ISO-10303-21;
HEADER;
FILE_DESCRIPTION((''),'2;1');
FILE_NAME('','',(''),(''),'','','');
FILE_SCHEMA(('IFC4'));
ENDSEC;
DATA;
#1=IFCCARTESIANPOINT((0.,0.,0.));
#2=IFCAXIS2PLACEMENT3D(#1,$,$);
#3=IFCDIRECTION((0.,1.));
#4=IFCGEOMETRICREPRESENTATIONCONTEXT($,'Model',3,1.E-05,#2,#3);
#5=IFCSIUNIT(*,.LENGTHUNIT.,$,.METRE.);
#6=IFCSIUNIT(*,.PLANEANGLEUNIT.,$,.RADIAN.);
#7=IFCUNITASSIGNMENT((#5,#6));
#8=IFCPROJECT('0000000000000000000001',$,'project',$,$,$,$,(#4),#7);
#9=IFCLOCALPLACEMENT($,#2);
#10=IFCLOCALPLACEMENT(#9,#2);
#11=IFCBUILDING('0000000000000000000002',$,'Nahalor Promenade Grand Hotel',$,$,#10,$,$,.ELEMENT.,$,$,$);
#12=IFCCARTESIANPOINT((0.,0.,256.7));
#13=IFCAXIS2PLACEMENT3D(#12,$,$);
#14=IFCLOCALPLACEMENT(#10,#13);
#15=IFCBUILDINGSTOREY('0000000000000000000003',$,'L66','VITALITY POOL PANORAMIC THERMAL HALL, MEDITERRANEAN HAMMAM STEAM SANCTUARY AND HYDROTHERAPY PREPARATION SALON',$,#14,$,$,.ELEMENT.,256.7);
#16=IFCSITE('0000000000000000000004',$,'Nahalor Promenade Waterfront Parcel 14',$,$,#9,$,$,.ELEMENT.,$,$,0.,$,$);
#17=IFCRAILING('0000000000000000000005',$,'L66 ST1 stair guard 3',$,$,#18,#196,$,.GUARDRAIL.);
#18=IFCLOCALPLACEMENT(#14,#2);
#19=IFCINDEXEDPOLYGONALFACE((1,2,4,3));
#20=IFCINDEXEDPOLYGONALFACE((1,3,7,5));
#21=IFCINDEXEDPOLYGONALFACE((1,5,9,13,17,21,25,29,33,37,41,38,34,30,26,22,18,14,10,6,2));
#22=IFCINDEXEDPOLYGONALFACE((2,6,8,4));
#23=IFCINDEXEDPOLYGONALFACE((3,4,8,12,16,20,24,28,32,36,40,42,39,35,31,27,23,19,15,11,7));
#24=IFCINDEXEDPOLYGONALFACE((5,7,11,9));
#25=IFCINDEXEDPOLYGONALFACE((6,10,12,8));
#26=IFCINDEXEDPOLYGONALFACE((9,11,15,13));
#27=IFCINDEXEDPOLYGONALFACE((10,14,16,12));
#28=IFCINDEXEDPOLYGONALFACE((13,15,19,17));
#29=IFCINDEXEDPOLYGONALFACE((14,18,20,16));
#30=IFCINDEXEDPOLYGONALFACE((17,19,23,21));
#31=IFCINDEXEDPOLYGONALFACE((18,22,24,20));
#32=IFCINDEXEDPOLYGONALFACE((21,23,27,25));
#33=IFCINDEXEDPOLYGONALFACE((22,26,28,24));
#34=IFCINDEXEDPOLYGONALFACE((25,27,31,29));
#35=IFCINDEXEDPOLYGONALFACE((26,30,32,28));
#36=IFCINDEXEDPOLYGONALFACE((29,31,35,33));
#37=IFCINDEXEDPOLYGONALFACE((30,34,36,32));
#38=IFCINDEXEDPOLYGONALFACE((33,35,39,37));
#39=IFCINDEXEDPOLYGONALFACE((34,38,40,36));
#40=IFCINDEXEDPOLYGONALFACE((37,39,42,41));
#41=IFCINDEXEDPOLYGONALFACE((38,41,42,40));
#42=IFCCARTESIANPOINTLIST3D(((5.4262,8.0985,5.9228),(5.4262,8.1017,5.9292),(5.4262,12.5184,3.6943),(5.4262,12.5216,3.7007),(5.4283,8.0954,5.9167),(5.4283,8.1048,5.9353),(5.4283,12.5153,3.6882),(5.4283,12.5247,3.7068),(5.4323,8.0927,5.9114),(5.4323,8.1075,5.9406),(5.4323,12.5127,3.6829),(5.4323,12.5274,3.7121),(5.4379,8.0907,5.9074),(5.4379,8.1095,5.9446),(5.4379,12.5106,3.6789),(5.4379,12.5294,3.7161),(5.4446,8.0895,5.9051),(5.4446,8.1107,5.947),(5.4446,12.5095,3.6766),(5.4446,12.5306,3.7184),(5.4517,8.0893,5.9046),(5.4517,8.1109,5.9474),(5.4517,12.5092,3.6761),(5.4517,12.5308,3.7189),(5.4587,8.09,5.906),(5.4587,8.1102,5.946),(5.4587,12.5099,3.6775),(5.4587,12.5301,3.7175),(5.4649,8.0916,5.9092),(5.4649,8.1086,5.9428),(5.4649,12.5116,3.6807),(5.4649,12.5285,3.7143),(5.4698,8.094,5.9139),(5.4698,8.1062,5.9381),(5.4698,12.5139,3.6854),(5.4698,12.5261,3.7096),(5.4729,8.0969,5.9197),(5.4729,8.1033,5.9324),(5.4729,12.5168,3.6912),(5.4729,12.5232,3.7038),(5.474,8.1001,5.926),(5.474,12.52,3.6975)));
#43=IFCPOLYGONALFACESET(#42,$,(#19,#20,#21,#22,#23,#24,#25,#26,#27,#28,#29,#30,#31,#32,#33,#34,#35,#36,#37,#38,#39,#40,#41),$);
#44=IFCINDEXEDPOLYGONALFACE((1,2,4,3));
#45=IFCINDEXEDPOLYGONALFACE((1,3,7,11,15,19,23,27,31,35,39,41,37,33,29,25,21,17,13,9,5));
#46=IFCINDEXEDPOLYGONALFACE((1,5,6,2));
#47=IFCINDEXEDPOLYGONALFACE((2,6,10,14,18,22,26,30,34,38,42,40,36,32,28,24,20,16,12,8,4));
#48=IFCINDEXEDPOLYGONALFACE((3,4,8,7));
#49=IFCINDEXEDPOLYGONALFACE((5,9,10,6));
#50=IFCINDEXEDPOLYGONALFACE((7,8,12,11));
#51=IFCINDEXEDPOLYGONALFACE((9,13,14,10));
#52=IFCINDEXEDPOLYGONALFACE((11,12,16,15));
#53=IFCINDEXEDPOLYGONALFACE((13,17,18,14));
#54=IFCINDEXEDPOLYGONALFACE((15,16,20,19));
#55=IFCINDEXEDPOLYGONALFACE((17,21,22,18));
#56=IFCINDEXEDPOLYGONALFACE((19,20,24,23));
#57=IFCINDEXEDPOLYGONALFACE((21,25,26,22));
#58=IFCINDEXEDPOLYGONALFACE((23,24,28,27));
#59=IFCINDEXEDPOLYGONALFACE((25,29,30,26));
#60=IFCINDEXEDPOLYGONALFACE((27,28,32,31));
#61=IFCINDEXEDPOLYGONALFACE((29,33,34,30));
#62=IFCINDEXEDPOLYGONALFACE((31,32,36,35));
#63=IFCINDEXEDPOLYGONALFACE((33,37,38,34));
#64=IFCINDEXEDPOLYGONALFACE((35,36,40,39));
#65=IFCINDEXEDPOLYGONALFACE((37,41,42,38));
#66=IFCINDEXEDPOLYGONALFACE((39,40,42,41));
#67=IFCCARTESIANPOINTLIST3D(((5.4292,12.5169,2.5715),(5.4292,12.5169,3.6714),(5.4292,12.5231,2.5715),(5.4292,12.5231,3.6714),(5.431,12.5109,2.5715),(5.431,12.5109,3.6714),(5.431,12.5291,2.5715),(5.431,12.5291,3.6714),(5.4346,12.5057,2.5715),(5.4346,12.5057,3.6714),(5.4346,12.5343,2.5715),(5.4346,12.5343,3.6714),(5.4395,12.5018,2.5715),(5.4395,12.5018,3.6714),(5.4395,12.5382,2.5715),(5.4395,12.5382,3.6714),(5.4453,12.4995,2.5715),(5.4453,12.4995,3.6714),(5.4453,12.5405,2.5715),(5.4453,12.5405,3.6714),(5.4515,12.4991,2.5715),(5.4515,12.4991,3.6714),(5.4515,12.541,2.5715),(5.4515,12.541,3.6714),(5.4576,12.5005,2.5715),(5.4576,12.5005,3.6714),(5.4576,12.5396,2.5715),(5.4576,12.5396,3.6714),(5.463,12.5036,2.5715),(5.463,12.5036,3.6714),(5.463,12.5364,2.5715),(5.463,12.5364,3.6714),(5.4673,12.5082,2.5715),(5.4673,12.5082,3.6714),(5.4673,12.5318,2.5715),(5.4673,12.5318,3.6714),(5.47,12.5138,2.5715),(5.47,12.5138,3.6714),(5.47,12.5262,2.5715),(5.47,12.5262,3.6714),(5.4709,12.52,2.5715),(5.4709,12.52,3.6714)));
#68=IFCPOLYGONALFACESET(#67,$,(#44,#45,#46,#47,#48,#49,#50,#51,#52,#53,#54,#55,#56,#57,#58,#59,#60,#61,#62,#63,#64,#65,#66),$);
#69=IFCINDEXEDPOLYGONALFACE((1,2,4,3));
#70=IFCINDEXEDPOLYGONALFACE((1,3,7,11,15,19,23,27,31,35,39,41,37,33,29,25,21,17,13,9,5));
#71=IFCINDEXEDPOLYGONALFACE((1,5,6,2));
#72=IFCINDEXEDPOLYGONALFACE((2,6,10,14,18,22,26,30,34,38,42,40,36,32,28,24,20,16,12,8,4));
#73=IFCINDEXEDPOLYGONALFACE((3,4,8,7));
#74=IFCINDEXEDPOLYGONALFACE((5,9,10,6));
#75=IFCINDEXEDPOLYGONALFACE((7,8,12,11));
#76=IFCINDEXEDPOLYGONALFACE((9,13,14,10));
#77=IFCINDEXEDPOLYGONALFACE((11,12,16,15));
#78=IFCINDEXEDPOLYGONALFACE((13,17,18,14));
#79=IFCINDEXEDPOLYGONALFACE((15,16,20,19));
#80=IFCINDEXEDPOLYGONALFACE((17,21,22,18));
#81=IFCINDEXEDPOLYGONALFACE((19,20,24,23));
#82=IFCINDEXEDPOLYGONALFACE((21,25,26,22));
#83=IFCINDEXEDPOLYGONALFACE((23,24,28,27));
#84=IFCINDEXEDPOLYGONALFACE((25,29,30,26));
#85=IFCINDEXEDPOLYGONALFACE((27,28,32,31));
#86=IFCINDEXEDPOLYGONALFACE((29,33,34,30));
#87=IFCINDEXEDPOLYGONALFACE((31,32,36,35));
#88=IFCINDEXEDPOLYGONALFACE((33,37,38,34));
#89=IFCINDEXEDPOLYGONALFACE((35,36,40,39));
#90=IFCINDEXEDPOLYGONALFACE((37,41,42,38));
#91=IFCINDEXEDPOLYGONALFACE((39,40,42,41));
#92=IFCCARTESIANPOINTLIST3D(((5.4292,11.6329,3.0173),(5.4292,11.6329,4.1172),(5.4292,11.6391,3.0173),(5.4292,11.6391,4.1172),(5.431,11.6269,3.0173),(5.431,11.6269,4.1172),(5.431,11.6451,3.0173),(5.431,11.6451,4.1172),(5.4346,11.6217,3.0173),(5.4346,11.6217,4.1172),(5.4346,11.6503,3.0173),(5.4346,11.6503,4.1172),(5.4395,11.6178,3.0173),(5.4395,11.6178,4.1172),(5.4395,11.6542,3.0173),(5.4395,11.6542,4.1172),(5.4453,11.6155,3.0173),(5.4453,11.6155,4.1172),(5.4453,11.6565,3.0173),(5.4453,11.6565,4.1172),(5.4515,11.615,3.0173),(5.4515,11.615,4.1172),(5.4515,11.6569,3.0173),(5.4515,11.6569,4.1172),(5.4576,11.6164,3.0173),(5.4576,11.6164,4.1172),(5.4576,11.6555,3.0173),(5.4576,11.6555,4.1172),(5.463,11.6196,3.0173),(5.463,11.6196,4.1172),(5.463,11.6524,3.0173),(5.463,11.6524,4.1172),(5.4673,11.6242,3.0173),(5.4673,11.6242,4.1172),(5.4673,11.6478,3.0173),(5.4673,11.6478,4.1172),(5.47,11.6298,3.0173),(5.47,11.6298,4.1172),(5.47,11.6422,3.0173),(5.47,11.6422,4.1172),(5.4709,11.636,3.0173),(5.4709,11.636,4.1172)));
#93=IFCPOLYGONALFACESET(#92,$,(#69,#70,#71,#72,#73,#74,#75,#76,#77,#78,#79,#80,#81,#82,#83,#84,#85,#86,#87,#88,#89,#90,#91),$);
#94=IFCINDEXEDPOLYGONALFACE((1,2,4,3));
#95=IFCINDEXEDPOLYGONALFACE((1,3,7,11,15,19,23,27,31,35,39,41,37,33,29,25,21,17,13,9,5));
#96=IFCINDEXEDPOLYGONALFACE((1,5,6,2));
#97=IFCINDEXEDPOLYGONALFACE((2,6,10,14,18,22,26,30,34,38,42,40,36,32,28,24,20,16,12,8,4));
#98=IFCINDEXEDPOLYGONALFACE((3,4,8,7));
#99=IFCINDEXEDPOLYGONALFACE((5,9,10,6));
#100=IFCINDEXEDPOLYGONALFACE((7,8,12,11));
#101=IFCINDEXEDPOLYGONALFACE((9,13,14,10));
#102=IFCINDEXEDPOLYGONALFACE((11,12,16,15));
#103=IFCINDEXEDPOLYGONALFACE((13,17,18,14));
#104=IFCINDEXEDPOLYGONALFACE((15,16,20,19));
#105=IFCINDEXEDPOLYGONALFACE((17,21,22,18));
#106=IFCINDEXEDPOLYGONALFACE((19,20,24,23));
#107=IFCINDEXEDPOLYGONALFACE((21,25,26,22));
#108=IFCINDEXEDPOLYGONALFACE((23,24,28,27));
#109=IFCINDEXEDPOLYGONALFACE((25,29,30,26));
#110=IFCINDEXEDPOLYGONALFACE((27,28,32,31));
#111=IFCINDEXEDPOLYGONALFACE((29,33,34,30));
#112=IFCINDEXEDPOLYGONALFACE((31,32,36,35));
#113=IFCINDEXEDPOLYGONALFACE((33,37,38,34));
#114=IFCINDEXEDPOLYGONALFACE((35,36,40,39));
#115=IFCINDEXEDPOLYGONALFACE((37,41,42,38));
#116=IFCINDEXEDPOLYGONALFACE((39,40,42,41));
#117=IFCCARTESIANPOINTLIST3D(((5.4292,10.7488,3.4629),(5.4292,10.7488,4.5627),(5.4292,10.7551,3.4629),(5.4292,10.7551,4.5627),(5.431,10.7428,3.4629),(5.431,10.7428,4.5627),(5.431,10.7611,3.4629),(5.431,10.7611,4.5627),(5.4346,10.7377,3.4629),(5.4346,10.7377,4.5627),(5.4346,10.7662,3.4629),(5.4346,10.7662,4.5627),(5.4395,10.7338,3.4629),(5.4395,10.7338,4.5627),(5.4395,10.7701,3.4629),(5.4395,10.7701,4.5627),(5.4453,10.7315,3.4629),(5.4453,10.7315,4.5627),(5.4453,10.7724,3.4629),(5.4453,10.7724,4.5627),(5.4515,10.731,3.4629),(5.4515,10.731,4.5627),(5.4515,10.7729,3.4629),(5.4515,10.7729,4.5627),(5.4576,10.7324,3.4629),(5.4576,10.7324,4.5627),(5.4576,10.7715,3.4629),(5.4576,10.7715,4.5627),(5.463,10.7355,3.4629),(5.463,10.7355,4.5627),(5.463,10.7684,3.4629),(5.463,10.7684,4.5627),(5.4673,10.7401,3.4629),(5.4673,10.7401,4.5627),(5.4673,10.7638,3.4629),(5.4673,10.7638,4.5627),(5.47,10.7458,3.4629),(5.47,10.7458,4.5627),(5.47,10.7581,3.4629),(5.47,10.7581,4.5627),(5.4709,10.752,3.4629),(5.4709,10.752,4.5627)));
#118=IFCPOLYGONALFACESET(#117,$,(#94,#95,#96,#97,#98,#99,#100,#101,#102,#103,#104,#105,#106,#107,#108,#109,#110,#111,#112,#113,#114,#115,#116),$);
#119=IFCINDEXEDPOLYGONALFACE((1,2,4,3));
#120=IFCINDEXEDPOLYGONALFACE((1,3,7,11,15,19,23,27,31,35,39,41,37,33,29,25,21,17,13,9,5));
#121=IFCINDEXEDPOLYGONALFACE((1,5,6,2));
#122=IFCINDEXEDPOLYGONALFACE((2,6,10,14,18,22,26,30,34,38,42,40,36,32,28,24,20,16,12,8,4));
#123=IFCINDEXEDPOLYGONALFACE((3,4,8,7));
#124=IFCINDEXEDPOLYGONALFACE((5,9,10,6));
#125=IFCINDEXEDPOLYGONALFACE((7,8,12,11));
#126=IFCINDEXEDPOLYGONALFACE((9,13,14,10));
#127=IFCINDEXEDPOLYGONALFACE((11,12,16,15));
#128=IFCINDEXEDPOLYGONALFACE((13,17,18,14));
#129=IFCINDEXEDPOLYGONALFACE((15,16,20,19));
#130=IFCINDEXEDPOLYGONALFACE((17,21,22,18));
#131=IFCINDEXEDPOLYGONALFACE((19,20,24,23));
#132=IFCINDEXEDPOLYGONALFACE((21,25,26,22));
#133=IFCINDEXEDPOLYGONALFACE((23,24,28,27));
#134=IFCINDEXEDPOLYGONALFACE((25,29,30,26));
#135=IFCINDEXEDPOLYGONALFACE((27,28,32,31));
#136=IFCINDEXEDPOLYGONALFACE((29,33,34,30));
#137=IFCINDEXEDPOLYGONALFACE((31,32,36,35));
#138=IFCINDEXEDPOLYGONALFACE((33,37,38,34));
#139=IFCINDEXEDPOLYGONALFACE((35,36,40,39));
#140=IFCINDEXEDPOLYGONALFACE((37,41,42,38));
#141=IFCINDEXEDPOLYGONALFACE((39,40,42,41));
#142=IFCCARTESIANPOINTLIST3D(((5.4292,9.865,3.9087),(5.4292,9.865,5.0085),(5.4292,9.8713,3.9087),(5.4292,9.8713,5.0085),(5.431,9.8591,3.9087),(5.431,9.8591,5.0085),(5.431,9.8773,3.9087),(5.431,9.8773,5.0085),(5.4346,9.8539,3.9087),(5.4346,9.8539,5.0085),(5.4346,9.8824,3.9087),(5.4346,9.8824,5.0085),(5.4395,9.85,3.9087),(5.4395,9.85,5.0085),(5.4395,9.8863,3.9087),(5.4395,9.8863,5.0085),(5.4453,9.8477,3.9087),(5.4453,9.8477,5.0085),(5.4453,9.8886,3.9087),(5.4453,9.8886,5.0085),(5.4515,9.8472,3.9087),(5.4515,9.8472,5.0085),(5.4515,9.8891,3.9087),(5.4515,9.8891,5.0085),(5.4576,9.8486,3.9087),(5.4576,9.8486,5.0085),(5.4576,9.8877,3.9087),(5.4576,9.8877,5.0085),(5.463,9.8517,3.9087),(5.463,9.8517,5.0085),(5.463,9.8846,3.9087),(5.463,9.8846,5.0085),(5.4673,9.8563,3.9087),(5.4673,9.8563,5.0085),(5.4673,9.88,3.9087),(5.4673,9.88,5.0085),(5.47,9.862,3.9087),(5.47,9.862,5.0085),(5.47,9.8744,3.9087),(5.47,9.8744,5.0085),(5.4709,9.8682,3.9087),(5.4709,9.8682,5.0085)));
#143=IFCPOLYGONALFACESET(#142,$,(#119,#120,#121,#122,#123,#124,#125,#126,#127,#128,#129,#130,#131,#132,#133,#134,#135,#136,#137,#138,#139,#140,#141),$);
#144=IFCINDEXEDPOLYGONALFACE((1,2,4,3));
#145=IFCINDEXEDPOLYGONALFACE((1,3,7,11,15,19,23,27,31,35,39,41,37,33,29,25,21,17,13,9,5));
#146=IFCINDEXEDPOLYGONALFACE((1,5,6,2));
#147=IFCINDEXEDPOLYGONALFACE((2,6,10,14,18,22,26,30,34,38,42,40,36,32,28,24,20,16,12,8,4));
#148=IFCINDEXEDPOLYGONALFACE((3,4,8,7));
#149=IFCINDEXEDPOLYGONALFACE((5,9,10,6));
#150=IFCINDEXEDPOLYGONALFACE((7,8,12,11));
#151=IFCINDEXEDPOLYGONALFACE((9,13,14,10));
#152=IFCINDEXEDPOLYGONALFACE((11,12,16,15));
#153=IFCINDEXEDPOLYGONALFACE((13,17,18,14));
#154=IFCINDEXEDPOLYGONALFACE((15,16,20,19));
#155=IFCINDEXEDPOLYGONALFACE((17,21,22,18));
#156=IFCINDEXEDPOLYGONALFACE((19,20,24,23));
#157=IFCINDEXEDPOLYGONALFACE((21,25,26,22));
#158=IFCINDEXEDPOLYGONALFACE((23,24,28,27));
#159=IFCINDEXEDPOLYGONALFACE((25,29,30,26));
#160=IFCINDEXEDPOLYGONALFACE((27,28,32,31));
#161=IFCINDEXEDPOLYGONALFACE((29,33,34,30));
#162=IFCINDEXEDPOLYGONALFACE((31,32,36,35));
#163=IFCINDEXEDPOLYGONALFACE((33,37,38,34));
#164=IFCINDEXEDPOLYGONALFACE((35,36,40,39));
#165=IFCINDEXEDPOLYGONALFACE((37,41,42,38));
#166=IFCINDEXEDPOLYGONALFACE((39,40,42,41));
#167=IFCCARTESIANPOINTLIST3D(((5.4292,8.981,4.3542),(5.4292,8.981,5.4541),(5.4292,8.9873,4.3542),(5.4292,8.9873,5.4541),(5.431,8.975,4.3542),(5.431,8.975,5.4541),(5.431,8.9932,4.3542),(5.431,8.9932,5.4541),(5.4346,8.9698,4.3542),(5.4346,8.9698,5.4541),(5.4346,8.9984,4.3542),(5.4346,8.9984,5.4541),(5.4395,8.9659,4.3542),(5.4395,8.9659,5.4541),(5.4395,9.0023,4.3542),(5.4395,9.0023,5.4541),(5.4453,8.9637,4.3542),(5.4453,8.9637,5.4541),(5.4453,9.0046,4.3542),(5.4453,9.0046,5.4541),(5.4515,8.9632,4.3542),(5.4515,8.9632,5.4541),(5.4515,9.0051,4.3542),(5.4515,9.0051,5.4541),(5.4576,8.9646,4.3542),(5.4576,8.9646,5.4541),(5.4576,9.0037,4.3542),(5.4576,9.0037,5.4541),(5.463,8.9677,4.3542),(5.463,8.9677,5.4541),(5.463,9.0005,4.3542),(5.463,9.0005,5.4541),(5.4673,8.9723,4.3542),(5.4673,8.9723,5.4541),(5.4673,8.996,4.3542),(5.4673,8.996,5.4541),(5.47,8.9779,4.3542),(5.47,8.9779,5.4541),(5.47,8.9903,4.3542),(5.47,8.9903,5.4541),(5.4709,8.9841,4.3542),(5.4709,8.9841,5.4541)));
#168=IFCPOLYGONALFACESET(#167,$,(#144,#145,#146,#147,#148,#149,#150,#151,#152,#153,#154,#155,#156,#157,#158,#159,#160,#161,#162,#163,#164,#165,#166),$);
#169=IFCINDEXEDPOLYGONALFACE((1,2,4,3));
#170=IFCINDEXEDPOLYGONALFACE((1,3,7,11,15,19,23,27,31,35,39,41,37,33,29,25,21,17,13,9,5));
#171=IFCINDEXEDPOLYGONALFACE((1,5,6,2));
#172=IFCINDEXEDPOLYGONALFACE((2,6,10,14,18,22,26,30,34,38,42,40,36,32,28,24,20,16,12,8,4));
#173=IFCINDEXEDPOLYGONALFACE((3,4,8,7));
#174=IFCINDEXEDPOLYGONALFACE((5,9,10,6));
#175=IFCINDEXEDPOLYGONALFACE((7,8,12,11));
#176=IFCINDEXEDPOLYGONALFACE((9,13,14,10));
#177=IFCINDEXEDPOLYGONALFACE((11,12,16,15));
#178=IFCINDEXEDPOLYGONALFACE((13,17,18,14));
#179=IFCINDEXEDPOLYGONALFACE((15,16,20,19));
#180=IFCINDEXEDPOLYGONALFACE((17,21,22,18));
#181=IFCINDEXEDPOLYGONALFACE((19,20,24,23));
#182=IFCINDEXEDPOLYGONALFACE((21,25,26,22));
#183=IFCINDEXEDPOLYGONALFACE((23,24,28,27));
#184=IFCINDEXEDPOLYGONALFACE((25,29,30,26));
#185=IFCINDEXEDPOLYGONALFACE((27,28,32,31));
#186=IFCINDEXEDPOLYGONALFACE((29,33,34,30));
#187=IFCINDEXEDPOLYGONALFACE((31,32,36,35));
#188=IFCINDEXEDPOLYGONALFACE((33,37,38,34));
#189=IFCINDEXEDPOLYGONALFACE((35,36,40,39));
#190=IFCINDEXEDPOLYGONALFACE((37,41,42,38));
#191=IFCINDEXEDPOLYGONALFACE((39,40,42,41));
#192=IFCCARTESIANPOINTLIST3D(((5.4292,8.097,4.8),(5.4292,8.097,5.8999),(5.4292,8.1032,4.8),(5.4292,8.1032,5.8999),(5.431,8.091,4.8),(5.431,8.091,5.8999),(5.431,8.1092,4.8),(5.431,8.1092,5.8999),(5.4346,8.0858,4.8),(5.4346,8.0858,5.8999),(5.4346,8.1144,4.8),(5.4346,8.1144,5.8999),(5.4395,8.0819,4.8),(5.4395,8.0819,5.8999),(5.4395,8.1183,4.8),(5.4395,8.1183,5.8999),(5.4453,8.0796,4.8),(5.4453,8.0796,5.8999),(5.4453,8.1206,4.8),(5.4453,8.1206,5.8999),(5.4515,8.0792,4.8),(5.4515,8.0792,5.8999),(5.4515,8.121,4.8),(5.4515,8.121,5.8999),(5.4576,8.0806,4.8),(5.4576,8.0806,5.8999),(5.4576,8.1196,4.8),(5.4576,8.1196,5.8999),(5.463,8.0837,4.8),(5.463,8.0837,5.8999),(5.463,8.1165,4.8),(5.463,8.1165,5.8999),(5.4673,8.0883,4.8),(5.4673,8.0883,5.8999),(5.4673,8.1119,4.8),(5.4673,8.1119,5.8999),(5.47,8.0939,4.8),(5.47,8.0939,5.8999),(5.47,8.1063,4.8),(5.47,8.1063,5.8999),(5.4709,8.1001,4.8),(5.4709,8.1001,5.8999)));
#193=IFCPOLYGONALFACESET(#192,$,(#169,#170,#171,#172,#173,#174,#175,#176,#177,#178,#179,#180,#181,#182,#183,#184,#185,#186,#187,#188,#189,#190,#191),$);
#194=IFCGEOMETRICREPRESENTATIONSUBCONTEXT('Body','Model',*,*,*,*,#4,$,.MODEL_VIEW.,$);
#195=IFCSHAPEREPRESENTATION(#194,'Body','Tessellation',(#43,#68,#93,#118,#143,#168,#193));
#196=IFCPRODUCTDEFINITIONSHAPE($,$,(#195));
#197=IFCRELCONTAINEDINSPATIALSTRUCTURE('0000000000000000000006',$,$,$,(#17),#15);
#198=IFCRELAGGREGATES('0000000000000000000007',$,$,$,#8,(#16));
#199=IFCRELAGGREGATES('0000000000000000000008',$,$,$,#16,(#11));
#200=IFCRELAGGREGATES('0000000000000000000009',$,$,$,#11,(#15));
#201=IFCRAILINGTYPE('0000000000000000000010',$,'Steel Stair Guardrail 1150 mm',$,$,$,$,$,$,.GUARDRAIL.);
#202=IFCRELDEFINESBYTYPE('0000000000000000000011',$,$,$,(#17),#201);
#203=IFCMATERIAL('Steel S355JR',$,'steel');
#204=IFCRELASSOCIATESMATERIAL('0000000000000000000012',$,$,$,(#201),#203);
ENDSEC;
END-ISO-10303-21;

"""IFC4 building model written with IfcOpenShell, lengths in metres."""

from ifc_helpers import new_model, si_unit, direction, frame, origin, origin_2d, place, context, subcontext, project, spatial, circle, extrude, material, type_object, element, save


model = new_model("IFC4")

# Units and contexts
model_context = context("Model", 3, precision=1e-05, world=origin(), true_north=direction((0.0, 1.0)))
body_context = subcontext(model_context, "Body", "Model", "MODEL_VIEW")
ifc_project = project(units=[si_unit("LENGTHUNIT", "METRE"), si_unit("PLANEANGLEUNIT", "RADIAN")], contexts=[model_context])

# Site, building, storey
site_placement = place(None, origin())
site = spatial("IfcSite", under=ifc_project, at=site_placement, Name="Nahalor Promenade Waterfront Parcel 14", CompositionType="ELEMENT", RefElevation=0.0)
building_placement = place(site_placement, origin())
building = spatial("IfcBuilding", under=site, at=building_placement, Name="Nahalor Promenade Grand Hotel", CompositionType="ELEMENT")
storey_placement = place(building_placement, frame((0.0, 0.0, 256.7)))
storey = spatial("IfcBuildingStorey", under=building, at=storey_placement, Name="L66", Description="VITALITY POOL PANORAMIC THERMAL HALL, MEDITERRANEAN HAMMAM STEAM SANCTUARY AND HYDROTHERAPY PREPARATION SALON", CompositionType="ELEMENT", Elevation=256.7)

# Shared definitions
ifc_material_1 = material(Name="Steel S355JR", Category="steel")

# Railing
railing_type_1 = type_object("IfcRailingType", Name="Steel Stair Guardrail 1150 mm", PredefinedType="GUARDRAIL", material=ifc_material_1)
railing_1_placement = place(storey_placement, frame((5.45, 12.52, 2.5715)))
element("IfcRailing", 1, at=railing_1_placement, inside=storey, type_object=railing_type_1, Name="L66 ST1 stair guard 3", PredefinedType="GUARDRAIL", context=body_context, shape_type="SweptSolid", body=[
    extrude(circle(Radius=0.024, at=origin_2d()), frame((0.0, 0.0, 1.126), z_axis=(0.0, -0.892923, 0.45021), x_axis=(1.0, 0.0, 0.0)), (0.0, 0.0, 1.0), 4.95),
    extrude(circle(Radius=0.021, at=origin_2d()), origin(), (0.0, 0.0, 1.0), 1.0999),
    extrude(circle(Radius=0.021, at=origin_2d()), frame((0.0, -0.884, 0.4458)), (0.0, 0.0, 1.0), 1.0999),
    extrude(circle(Radius=0.021, at=origin_2d()), frame((0.0, -1.7681, 0.8914)), (0.0, 0.0, 1.0), 1.0999),
    extrude(circle(Radius=0.021, at=origin_2d()), frame((0.0, -2.6519, 1.3372)), (0.0, 0.0, 1.0), 1.0999),
    extrude(circle(Radius=0.021, at=origin_2d()), frame((0.0, -3.5359, 1.7827)), (0.0, 0.0, 1.0), 1.0999),
    extrude(circle(Radius=0.021, at=origin_2d()), frame((0.0, -4.4199, 2.2285)), (0.0, 0.0, 1.0), 1.0999),
])

save(model, "model.ifc")
